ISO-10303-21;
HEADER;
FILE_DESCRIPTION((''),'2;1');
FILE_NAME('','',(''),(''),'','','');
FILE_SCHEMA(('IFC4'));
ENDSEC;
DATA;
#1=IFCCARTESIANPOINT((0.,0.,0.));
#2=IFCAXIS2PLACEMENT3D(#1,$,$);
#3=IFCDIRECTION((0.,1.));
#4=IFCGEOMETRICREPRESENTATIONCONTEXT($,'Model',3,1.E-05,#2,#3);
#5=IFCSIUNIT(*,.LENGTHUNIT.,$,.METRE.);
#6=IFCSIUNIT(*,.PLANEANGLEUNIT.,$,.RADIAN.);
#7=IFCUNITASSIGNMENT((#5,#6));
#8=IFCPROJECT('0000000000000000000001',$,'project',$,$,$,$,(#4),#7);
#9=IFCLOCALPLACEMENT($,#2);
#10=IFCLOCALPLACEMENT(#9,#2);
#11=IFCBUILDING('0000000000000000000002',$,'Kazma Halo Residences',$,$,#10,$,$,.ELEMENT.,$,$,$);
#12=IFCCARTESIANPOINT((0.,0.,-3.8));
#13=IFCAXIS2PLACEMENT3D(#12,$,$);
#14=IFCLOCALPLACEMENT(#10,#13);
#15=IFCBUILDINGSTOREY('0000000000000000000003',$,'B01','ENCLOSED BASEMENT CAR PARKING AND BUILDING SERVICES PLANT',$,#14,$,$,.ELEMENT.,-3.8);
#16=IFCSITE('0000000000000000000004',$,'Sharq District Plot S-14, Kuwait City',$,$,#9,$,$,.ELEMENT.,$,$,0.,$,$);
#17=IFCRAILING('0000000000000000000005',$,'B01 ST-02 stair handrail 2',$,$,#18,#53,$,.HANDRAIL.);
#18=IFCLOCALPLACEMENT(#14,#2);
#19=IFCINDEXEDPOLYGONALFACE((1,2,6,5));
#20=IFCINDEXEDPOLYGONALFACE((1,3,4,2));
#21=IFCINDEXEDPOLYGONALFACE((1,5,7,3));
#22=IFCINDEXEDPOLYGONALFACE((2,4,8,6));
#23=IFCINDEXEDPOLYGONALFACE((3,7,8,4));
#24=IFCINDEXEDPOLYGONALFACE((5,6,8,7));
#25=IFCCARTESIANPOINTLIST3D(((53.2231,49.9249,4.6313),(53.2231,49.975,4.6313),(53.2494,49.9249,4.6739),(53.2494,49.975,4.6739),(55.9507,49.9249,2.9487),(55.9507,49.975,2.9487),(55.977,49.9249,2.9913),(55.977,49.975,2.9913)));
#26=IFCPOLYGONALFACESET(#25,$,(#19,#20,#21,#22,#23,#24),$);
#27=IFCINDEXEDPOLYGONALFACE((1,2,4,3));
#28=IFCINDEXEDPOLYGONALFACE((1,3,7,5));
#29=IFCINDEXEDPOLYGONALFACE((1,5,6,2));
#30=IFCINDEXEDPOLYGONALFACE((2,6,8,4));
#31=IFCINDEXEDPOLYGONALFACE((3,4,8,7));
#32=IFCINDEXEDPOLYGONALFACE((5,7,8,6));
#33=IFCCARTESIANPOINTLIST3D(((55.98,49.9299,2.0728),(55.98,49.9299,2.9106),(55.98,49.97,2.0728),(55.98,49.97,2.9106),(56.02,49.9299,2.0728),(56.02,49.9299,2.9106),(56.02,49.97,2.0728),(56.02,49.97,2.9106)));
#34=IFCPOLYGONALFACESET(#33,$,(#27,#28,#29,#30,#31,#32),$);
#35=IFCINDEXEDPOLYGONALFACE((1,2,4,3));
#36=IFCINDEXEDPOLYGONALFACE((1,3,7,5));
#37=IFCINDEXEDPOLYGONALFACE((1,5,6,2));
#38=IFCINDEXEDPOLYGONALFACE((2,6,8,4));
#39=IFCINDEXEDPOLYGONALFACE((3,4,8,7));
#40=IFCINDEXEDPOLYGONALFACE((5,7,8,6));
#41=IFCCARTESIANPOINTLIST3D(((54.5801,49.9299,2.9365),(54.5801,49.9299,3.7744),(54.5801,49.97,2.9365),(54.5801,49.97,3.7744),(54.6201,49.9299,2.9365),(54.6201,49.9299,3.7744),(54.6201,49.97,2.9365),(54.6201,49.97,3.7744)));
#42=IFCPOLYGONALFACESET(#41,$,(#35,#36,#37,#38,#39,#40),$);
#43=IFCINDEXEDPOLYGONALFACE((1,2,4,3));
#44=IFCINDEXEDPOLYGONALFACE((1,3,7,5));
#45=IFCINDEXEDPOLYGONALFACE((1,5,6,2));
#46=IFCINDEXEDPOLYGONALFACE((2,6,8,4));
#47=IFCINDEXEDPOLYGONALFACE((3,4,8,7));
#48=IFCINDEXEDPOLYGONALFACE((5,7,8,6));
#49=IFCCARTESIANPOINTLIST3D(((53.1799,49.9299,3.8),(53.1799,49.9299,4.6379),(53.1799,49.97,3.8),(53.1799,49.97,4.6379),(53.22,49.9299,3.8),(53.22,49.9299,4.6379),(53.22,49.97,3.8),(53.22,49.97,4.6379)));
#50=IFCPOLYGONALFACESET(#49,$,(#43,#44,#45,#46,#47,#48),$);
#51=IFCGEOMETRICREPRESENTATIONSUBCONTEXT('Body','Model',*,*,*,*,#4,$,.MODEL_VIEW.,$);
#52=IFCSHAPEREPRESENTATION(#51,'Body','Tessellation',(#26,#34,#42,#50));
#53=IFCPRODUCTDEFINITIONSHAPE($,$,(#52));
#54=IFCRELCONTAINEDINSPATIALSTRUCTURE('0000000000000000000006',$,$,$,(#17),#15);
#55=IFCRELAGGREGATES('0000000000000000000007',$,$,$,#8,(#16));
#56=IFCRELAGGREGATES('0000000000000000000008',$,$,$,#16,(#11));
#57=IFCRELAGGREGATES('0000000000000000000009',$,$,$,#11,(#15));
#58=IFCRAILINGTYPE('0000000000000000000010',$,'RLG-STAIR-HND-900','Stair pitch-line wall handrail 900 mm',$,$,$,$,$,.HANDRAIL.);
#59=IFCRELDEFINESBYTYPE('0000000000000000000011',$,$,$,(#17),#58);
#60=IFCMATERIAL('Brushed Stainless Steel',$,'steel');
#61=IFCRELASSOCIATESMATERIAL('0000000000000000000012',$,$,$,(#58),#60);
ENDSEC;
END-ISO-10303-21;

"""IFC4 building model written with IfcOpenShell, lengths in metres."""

from ifc_helpers import new_model, si_unit, direction, frame, origin, origin_2d, place, context, subcontext, project, spatial, rectangle, extrude, material, type_object, element, save


model = new_model("IFC4")

# Units and contexts
model_context = context("Model", 3, precision=1e-05, world=origin(), true_north=direction((0.0, 1.0)))
body_context = subcontext(model_context, "Body", "Model", "MODEL_VIEW")
ifc_project = project(units=[si_unit("LENGTHUNIT", "METRE"), si_unit("PLANEANGLEUNIT", "RADIAN")], contexts=[model_context])

# Site, building, storey
site_placement = place(None, origin())
site = spatial("IfcSite", under=ifc_project, at=site_placement, Name="Sharq District Plot S-14, Kuwait City", CompositionType="ELEMENT", RefElevation=0.0)
building_placement = place(site_placement, origin())
building = spatial("IfcBuilding", under=site, at=building_placement, Name="Kazma Halo Residences", CompositionType="ELEMENT")
storey_placement = place(building_placement, frame((0.0, 0.0, -3.8)))
storey = spatial("IfcBuildingStorey", under=building, at=storey_placement, Name="B01", Description="ENCLOSED BASEMENT CAR PARKING AND BUILDING SERVICES PLANT", CompositionType="ELEMENT", Elevation=-3.8)

# Railing
ifc_material_1 = material(Name="Brushed Stainless Steel", Category="steel")
railing_type_1 = type_object("IfcRailingType", Name="RLG-STAIR-HND-900", Description="Stair pitch-line wall handrail 900 mm", PredefinedType="HANDRAIL", material=ifc_material_1)
railing_1_placement = place(storey_placement, frame((56.0, 49.95, 2.0728)))
element("IfcRailing", 1, at=railing_1_placement, inside=storey, type_object=railing_type_1, Name="B01 ST-02 stair handrail 2", PredefinedType="HANDRAIL", context=body_context, shape_type="SweptSolid", body=[
    extrude(rectangle(XDim=0.05, YDim=0.05, at=origin_2d()), frame((-0.0361, 0.0, 0.8972), z_axis=(-0.85109, 0.0, 0.52502), x_axis=(0.0, -1.0, 0.0)), (0.0, 0.0, 1.0), 3.2048),
    extrude(rectangle(XDim=0.04, YDim=0.04, at=origin_2d()), origin(), (0.0, 0.0, 1.0), 0.8379),
    extrude(rectangle(XDim=0.04, YDim=0.04, at=origin_2d()), frame((-1.3999, 0.0, 0.8638)), (0.0, 0.0, 1.0), 0.8379),
    extrude(rectangle(XDim=0.04, YDim=0.04, at=origin_2d()), frame((-2.8, 0.0, 1.7273)), (0.0, 0.0, 1.0), 0.8379),
])

save(model, "model.ifc")
